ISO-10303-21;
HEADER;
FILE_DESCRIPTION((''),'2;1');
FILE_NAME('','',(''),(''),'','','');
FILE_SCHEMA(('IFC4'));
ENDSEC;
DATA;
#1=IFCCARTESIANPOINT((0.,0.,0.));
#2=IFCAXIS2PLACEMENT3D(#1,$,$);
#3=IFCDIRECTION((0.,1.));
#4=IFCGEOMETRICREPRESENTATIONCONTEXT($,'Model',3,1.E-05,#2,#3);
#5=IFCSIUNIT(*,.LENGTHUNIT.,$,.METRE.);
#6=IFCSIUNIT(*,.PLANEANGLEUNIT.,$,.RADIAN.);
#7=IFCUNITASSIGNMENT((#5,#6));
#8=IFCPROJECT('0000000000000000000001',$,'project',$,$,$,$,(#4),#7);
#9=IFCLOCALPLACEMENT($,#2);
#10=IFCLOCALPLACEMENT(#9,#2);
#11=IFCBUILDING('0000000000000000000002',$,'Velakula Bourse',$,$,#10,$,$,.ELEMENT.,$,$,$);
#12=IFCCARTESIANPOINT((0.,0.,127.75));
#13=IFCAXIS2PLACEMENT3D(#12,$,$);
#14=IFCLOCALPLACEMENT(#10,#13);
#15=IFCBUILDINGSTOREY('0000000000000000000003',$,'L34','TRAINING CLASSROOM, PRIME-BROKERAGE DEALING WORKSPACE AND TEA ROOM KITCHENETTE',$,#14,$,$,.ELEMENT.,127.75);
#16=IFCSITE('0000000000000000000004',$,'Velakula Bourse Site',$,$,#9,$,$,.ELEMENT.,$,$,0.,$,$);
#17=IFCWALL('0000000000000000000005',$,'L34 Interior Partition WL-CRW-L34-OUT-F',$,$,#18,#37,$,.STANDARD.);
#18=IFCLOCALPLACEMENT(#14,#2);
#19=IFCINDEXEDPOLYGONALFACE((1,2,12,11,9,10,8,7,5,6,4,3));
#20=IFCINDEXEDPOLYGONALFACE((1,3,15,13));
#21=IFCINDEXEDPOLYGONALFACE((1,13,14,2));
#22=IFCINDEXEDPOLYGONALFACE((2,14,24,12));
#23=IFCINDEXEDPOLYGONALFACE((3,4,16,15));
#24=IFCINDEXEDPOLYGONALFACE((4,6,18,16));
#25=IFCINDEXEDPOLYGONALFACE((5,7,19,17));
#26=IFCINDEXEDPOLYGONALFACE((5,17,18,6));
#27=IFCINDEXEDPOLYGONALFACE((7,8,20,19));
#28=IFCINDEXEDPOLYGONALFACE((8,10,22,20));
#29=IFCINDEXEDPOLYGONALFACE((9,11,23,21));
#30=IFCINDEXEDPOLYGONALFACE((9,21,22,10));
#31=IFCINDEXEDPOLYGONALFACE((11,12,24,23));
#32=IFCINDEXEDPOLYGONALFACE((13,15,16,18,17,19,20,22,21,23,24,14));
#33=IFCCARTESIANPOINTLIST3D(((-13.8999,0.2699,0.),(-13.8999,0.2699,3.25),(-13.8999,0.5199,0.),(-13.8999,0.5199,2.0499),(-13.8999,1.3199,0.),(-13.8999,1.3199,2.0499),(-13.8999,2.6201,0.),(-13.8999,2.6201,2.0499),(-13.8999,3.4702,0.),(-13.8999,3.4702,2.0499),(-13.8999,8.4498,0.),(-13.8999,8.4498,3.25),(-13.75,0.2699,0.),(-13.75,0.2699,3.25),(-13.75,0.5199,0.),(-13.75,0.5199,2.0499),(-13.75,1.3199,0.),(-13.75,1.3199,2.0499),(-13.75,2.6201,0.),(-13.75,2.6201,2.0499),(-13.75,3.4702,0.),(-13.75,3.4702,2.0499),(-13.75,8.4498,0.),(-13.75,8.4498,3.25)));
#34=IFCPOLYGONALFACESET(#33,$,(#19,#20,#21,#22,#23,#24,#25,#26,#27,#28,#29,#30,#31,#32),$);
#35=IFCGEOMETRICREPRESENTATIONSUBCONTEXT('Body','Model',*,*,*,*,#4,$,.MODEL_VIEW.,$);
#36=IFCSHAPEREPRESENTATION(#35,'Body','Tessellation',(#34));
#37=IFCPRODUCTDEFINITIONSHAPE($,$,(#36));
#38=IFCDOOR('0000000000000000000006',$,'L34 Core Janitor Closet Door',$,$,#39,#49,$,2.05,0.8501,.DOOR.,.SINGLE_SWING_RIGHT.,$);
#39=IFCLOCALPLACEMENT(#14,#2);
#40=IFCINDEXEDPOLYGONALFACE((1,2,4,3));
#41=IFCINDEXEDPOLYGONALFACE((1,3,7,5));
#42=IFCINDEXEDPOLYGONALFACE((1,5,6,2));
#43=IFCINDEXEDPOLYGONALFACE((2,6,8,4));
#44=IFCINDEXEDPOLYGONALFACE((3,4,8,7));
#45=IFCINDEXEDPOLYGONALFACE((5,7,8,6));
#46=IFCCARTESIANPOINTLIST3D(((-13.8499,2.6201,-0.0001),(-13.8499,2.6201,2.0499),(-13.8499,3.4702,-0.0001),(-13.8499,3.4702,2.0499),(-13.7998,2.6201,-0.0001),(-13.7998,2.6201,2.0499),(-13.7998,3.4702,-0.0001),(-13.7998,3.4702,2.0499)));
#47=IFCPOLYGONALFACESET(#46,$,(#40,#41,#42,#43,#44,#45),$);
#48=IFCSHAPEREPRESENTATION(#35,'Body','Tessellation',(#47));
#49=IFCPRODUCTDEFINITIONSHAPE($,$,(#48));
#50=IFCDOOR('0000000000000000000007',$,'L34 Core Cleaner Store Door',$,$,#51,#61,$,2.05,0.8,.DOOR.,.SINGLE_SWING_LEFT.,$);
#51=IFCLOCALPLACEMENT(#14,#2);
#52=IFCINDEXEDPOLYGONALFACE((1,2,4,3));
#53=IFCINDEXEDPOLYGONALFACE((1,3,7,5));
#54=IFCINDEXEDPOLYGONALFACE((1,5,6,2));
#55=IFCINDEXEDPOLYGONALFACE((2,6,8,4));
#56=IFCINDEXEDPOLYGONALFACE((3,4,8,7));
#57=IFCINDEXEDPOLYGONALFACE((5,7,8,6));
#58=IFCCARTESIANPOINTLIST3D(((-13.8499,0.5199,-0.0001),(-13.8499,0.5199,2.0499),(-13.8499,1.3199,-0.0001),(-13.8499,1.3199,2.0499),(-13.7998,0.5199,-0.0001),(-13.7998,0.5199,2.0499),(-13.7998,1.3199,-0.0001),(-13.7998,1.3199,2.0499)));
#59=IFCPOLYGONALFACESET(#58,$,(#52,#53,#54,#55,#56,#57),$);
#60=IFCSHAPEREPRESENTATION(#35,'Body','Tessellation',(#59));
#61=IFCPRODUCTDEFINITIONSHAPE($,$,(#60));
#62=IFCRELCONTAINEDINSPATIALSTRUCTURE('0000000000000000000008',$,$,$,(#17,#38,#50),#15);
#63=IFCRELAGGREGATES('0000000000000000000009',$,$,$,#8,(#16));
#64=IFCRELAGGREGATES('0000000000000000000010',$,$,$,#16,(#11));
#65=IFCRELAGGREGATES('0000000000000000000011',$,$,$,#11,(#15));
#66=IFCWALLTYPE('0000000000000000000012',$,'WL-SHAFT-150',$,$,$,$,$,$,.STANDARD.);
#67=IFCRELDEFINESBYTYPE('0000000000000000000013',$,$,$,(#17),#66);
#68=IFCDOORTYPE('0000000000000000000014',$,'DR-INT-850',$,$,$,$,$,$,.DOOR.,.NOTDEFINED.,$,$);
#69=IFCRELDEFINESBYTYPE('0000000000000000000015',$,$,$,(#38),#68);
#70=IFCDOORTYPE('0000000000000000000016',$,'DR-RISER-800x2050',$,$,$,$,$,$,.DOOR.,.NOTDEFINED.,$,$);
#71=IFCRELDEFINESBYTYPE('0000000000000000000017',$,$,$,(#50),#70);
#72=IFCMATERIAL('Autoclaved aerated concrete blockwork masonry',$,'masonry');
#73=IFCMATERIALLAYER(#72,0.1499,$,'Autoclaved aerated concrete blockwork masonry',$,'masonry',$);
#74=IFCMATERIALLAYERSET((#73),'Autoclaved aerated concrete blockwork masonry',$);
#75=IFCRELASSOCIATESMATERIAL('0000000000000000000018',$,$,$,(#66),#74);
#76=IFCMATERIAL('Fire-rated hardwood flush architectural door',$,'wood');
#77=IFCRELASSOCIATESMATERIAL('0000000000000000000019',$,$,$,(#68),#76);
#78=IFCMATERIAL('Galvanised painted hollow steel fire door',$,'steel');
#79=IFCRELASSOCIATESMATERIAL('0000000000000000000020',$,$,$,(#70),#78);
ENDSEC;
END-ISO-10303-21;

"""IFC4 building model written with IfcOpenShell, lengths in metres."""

from ifc_helpers import new_model, si_unit, direction, frame, frame_2d, origin, place, context, subcontext, project, spatial, rectangle, extrude, material, layer, layer_set, type_object, element, fill, save


model = new_model("IFC4")

# Units and contexts
model_context = context("Model", 3, precision=1e-05, world=origin(), true_north=direction((0.0, 1.0)))
body_context = subcontext(model_context, "Body", "Model", "MODEL_VIEW")
ifc_project = project(units=[si_unit("LENGTHUNIT", "METRE"), si_unit("PLANEANGLEUNIT", "RADIAN")], contexts=[model_context])

# Site, building, storey
site_placement = place(None, origin())
site = spatial("IfcSite", under=ifc_project, at=site_placement, Name="Velakula Bourse Site", CompositionType="ELEMENT", RefElevation=0.0)
building_placement = place(site_placement, origin())
building = spatial("IfcBuilding", under=site, at=building_placement, Name="Velakula Bourse", CompositionType="ELEMENT")
storey_placement = place(building_placement, frame((0.0, 0.0, 127.75)))
storey = spatial("IfcBuildingStorey", under=building, at=storey_placement, Name="L34", Description="TRAINING CLASSROOM, PRIME-BROKERAGE DEALING WORKSPACE AND TEA ROOM KITCHENETTE", CompositionType="ELEMENT", Elevation=127.75)

# Shared definitions
ifc_material_1 = material(Name="Fire-rated hardwood flush architectural door", Category="wood")

# Shared definitions
ifc_material_2 = material(Name="Autoclaved aerated concrete blockwork masonry", Category="masonry")
ifc_layer_1 = layer(ifc_material_2, 0.1499, Name="Autoclaved aerated concrete blockwork masonry", Category="masonry")
ifc_layer_set_1 = layer_set([ifc_layer_1], Name="Autoclaved aerated concrete blockwork masonry")
wall_type_1 = type_object("IfcWallType", Name="WL-SHAFT-150", PredefinedType="STANDARD", material=ifc_layer_set_1)

# Wall, openings, doors
wall_1_placement = place(storey_placement, frame((-13.825, 0.27, 0.0), z_axis=(0.0, 0.0, 1.0), x_axis=(0.0, 1.0, 0.0)))
wall_1 = element("IfcWall", 1, at=wall_1_placement, inside=storey, type_object=wall_type_1, Name="L34 Interior Partition WL-CRW-L34-OUT-F", PredefinedType="STANDARD", context=body_context, shape_type="SweptSolid", body=[
    extrude(rectangle(XDim=8.1799, YDim=0.1499, at=frame_2d((4.0898, 0.0))), origin(), (0.0, 0.0, 1.0), 3.25),
])
opening_1_placement = place(wall_1_placement, frame((0.25, 0.0, 0.0)))
opening_1 = element("IfcOpeningElement", 2, at=opening_1_placement, cuts=wall_1, PredefinedType="OPENING", context=body_context, shape_type="SweptSolid", body=[
    extrude(rectangle(XDim=0.8, YDim=2.05, at=frame_2d((0.3999, 1.0249))), frame((0.0, 0.085, 0.0), z_axis=(0.0, -1.0, 0.0), x_axis=(1.0, 0.0, 0.0)), (0.0, 0.0, 1.0), 0.1699),
])
opening_2_placement = place(wall_1_placement, frame((2.3501, 0.0, 0.0)))
opening_2 = element("IfcOpeningElement", 3, at=opening_2_placement, cuts=wall_1, PredefinedType="OPENING", context=body_context, shape_type="SweptSolid", body=[
    extrude(rectangle(XDim=0.8501, YDim=2.05, at=frame_2d((0.425, 1.0249))), frame((0.0, 0.085, 0.0), z_axis=(0.0, -1.0, 0.0), x_axis=(1.0, 0.0, 0.0)), (0.0, 0.0, 1.0), 0.1699),
])
door_type_1 = type_object("IfcDoorType", Name="DR-INT-850", OperationType="NOTDEFINED", PredefinedType="DOOR", material=ifc_material_1)
door_1_placement = place(opening_2_placement, origin())
door_1 = element("IfcDoor", 4, at=door_1_placement, inside=storey, type_object=door_type_1, Name="L34 Core Janitor Closet Door", OperationType="SINGLE_SWING_RIGHT", OverallHeight=2.05, OverallWidth=0.8501, PredefinedType="DOOR", context=body_context, shape_type="SweptSolid", body=[
    extrude(rectangle(XDim=0.8501, YDim=2.05, at=frame_2d((0.425, 1.0249))), frame((0.0, 0.0249, 0.0), z_axis=(0.0, -1.0, 0.0), x_axis=(1.0, 0.0, 0.0)), (0.0, 0.0, 1.0), 0.05),
])
fill(opening_2, door_1)
ifc_material_3 = material(Name="Galvanised painted hollow steel fire door", Category="steel")
door_type_2 = type_object("IfcDoorType", Name="DR-RISER-800x2050", OperationType="NOTDEFINED", PredefinedType="DOOR", material=ifc_material_3)
door_2_placement = place(opening_1_placement, origin())
door_2 = element("IfcDoor", 5, at=door_2_placement, inside=storey, type_object=door_type_2, Name="L34 Core Cleaner Store Door", OperationType="SINGLE_SWING_LEFT", OverallHeight=2.05, OverallWidth=0.8, PredefinedType="DOOR", context=body_context, shape_type="SweptSolid", body=[
    extrude(rectangle(XDim=0.8, YDim=2.05, at=frame_2d((0.3999, 1.0249))), frame((0.0, 0.0249, 0.0), z_axis=(0.0, -1.0, 0.0), x_axis=(1.0, 0.0, 0.0)), (0.0, 0.0, 1.0), 0.05),
])
fill(opening_1, door_2)

save(model, "model.ifc")
